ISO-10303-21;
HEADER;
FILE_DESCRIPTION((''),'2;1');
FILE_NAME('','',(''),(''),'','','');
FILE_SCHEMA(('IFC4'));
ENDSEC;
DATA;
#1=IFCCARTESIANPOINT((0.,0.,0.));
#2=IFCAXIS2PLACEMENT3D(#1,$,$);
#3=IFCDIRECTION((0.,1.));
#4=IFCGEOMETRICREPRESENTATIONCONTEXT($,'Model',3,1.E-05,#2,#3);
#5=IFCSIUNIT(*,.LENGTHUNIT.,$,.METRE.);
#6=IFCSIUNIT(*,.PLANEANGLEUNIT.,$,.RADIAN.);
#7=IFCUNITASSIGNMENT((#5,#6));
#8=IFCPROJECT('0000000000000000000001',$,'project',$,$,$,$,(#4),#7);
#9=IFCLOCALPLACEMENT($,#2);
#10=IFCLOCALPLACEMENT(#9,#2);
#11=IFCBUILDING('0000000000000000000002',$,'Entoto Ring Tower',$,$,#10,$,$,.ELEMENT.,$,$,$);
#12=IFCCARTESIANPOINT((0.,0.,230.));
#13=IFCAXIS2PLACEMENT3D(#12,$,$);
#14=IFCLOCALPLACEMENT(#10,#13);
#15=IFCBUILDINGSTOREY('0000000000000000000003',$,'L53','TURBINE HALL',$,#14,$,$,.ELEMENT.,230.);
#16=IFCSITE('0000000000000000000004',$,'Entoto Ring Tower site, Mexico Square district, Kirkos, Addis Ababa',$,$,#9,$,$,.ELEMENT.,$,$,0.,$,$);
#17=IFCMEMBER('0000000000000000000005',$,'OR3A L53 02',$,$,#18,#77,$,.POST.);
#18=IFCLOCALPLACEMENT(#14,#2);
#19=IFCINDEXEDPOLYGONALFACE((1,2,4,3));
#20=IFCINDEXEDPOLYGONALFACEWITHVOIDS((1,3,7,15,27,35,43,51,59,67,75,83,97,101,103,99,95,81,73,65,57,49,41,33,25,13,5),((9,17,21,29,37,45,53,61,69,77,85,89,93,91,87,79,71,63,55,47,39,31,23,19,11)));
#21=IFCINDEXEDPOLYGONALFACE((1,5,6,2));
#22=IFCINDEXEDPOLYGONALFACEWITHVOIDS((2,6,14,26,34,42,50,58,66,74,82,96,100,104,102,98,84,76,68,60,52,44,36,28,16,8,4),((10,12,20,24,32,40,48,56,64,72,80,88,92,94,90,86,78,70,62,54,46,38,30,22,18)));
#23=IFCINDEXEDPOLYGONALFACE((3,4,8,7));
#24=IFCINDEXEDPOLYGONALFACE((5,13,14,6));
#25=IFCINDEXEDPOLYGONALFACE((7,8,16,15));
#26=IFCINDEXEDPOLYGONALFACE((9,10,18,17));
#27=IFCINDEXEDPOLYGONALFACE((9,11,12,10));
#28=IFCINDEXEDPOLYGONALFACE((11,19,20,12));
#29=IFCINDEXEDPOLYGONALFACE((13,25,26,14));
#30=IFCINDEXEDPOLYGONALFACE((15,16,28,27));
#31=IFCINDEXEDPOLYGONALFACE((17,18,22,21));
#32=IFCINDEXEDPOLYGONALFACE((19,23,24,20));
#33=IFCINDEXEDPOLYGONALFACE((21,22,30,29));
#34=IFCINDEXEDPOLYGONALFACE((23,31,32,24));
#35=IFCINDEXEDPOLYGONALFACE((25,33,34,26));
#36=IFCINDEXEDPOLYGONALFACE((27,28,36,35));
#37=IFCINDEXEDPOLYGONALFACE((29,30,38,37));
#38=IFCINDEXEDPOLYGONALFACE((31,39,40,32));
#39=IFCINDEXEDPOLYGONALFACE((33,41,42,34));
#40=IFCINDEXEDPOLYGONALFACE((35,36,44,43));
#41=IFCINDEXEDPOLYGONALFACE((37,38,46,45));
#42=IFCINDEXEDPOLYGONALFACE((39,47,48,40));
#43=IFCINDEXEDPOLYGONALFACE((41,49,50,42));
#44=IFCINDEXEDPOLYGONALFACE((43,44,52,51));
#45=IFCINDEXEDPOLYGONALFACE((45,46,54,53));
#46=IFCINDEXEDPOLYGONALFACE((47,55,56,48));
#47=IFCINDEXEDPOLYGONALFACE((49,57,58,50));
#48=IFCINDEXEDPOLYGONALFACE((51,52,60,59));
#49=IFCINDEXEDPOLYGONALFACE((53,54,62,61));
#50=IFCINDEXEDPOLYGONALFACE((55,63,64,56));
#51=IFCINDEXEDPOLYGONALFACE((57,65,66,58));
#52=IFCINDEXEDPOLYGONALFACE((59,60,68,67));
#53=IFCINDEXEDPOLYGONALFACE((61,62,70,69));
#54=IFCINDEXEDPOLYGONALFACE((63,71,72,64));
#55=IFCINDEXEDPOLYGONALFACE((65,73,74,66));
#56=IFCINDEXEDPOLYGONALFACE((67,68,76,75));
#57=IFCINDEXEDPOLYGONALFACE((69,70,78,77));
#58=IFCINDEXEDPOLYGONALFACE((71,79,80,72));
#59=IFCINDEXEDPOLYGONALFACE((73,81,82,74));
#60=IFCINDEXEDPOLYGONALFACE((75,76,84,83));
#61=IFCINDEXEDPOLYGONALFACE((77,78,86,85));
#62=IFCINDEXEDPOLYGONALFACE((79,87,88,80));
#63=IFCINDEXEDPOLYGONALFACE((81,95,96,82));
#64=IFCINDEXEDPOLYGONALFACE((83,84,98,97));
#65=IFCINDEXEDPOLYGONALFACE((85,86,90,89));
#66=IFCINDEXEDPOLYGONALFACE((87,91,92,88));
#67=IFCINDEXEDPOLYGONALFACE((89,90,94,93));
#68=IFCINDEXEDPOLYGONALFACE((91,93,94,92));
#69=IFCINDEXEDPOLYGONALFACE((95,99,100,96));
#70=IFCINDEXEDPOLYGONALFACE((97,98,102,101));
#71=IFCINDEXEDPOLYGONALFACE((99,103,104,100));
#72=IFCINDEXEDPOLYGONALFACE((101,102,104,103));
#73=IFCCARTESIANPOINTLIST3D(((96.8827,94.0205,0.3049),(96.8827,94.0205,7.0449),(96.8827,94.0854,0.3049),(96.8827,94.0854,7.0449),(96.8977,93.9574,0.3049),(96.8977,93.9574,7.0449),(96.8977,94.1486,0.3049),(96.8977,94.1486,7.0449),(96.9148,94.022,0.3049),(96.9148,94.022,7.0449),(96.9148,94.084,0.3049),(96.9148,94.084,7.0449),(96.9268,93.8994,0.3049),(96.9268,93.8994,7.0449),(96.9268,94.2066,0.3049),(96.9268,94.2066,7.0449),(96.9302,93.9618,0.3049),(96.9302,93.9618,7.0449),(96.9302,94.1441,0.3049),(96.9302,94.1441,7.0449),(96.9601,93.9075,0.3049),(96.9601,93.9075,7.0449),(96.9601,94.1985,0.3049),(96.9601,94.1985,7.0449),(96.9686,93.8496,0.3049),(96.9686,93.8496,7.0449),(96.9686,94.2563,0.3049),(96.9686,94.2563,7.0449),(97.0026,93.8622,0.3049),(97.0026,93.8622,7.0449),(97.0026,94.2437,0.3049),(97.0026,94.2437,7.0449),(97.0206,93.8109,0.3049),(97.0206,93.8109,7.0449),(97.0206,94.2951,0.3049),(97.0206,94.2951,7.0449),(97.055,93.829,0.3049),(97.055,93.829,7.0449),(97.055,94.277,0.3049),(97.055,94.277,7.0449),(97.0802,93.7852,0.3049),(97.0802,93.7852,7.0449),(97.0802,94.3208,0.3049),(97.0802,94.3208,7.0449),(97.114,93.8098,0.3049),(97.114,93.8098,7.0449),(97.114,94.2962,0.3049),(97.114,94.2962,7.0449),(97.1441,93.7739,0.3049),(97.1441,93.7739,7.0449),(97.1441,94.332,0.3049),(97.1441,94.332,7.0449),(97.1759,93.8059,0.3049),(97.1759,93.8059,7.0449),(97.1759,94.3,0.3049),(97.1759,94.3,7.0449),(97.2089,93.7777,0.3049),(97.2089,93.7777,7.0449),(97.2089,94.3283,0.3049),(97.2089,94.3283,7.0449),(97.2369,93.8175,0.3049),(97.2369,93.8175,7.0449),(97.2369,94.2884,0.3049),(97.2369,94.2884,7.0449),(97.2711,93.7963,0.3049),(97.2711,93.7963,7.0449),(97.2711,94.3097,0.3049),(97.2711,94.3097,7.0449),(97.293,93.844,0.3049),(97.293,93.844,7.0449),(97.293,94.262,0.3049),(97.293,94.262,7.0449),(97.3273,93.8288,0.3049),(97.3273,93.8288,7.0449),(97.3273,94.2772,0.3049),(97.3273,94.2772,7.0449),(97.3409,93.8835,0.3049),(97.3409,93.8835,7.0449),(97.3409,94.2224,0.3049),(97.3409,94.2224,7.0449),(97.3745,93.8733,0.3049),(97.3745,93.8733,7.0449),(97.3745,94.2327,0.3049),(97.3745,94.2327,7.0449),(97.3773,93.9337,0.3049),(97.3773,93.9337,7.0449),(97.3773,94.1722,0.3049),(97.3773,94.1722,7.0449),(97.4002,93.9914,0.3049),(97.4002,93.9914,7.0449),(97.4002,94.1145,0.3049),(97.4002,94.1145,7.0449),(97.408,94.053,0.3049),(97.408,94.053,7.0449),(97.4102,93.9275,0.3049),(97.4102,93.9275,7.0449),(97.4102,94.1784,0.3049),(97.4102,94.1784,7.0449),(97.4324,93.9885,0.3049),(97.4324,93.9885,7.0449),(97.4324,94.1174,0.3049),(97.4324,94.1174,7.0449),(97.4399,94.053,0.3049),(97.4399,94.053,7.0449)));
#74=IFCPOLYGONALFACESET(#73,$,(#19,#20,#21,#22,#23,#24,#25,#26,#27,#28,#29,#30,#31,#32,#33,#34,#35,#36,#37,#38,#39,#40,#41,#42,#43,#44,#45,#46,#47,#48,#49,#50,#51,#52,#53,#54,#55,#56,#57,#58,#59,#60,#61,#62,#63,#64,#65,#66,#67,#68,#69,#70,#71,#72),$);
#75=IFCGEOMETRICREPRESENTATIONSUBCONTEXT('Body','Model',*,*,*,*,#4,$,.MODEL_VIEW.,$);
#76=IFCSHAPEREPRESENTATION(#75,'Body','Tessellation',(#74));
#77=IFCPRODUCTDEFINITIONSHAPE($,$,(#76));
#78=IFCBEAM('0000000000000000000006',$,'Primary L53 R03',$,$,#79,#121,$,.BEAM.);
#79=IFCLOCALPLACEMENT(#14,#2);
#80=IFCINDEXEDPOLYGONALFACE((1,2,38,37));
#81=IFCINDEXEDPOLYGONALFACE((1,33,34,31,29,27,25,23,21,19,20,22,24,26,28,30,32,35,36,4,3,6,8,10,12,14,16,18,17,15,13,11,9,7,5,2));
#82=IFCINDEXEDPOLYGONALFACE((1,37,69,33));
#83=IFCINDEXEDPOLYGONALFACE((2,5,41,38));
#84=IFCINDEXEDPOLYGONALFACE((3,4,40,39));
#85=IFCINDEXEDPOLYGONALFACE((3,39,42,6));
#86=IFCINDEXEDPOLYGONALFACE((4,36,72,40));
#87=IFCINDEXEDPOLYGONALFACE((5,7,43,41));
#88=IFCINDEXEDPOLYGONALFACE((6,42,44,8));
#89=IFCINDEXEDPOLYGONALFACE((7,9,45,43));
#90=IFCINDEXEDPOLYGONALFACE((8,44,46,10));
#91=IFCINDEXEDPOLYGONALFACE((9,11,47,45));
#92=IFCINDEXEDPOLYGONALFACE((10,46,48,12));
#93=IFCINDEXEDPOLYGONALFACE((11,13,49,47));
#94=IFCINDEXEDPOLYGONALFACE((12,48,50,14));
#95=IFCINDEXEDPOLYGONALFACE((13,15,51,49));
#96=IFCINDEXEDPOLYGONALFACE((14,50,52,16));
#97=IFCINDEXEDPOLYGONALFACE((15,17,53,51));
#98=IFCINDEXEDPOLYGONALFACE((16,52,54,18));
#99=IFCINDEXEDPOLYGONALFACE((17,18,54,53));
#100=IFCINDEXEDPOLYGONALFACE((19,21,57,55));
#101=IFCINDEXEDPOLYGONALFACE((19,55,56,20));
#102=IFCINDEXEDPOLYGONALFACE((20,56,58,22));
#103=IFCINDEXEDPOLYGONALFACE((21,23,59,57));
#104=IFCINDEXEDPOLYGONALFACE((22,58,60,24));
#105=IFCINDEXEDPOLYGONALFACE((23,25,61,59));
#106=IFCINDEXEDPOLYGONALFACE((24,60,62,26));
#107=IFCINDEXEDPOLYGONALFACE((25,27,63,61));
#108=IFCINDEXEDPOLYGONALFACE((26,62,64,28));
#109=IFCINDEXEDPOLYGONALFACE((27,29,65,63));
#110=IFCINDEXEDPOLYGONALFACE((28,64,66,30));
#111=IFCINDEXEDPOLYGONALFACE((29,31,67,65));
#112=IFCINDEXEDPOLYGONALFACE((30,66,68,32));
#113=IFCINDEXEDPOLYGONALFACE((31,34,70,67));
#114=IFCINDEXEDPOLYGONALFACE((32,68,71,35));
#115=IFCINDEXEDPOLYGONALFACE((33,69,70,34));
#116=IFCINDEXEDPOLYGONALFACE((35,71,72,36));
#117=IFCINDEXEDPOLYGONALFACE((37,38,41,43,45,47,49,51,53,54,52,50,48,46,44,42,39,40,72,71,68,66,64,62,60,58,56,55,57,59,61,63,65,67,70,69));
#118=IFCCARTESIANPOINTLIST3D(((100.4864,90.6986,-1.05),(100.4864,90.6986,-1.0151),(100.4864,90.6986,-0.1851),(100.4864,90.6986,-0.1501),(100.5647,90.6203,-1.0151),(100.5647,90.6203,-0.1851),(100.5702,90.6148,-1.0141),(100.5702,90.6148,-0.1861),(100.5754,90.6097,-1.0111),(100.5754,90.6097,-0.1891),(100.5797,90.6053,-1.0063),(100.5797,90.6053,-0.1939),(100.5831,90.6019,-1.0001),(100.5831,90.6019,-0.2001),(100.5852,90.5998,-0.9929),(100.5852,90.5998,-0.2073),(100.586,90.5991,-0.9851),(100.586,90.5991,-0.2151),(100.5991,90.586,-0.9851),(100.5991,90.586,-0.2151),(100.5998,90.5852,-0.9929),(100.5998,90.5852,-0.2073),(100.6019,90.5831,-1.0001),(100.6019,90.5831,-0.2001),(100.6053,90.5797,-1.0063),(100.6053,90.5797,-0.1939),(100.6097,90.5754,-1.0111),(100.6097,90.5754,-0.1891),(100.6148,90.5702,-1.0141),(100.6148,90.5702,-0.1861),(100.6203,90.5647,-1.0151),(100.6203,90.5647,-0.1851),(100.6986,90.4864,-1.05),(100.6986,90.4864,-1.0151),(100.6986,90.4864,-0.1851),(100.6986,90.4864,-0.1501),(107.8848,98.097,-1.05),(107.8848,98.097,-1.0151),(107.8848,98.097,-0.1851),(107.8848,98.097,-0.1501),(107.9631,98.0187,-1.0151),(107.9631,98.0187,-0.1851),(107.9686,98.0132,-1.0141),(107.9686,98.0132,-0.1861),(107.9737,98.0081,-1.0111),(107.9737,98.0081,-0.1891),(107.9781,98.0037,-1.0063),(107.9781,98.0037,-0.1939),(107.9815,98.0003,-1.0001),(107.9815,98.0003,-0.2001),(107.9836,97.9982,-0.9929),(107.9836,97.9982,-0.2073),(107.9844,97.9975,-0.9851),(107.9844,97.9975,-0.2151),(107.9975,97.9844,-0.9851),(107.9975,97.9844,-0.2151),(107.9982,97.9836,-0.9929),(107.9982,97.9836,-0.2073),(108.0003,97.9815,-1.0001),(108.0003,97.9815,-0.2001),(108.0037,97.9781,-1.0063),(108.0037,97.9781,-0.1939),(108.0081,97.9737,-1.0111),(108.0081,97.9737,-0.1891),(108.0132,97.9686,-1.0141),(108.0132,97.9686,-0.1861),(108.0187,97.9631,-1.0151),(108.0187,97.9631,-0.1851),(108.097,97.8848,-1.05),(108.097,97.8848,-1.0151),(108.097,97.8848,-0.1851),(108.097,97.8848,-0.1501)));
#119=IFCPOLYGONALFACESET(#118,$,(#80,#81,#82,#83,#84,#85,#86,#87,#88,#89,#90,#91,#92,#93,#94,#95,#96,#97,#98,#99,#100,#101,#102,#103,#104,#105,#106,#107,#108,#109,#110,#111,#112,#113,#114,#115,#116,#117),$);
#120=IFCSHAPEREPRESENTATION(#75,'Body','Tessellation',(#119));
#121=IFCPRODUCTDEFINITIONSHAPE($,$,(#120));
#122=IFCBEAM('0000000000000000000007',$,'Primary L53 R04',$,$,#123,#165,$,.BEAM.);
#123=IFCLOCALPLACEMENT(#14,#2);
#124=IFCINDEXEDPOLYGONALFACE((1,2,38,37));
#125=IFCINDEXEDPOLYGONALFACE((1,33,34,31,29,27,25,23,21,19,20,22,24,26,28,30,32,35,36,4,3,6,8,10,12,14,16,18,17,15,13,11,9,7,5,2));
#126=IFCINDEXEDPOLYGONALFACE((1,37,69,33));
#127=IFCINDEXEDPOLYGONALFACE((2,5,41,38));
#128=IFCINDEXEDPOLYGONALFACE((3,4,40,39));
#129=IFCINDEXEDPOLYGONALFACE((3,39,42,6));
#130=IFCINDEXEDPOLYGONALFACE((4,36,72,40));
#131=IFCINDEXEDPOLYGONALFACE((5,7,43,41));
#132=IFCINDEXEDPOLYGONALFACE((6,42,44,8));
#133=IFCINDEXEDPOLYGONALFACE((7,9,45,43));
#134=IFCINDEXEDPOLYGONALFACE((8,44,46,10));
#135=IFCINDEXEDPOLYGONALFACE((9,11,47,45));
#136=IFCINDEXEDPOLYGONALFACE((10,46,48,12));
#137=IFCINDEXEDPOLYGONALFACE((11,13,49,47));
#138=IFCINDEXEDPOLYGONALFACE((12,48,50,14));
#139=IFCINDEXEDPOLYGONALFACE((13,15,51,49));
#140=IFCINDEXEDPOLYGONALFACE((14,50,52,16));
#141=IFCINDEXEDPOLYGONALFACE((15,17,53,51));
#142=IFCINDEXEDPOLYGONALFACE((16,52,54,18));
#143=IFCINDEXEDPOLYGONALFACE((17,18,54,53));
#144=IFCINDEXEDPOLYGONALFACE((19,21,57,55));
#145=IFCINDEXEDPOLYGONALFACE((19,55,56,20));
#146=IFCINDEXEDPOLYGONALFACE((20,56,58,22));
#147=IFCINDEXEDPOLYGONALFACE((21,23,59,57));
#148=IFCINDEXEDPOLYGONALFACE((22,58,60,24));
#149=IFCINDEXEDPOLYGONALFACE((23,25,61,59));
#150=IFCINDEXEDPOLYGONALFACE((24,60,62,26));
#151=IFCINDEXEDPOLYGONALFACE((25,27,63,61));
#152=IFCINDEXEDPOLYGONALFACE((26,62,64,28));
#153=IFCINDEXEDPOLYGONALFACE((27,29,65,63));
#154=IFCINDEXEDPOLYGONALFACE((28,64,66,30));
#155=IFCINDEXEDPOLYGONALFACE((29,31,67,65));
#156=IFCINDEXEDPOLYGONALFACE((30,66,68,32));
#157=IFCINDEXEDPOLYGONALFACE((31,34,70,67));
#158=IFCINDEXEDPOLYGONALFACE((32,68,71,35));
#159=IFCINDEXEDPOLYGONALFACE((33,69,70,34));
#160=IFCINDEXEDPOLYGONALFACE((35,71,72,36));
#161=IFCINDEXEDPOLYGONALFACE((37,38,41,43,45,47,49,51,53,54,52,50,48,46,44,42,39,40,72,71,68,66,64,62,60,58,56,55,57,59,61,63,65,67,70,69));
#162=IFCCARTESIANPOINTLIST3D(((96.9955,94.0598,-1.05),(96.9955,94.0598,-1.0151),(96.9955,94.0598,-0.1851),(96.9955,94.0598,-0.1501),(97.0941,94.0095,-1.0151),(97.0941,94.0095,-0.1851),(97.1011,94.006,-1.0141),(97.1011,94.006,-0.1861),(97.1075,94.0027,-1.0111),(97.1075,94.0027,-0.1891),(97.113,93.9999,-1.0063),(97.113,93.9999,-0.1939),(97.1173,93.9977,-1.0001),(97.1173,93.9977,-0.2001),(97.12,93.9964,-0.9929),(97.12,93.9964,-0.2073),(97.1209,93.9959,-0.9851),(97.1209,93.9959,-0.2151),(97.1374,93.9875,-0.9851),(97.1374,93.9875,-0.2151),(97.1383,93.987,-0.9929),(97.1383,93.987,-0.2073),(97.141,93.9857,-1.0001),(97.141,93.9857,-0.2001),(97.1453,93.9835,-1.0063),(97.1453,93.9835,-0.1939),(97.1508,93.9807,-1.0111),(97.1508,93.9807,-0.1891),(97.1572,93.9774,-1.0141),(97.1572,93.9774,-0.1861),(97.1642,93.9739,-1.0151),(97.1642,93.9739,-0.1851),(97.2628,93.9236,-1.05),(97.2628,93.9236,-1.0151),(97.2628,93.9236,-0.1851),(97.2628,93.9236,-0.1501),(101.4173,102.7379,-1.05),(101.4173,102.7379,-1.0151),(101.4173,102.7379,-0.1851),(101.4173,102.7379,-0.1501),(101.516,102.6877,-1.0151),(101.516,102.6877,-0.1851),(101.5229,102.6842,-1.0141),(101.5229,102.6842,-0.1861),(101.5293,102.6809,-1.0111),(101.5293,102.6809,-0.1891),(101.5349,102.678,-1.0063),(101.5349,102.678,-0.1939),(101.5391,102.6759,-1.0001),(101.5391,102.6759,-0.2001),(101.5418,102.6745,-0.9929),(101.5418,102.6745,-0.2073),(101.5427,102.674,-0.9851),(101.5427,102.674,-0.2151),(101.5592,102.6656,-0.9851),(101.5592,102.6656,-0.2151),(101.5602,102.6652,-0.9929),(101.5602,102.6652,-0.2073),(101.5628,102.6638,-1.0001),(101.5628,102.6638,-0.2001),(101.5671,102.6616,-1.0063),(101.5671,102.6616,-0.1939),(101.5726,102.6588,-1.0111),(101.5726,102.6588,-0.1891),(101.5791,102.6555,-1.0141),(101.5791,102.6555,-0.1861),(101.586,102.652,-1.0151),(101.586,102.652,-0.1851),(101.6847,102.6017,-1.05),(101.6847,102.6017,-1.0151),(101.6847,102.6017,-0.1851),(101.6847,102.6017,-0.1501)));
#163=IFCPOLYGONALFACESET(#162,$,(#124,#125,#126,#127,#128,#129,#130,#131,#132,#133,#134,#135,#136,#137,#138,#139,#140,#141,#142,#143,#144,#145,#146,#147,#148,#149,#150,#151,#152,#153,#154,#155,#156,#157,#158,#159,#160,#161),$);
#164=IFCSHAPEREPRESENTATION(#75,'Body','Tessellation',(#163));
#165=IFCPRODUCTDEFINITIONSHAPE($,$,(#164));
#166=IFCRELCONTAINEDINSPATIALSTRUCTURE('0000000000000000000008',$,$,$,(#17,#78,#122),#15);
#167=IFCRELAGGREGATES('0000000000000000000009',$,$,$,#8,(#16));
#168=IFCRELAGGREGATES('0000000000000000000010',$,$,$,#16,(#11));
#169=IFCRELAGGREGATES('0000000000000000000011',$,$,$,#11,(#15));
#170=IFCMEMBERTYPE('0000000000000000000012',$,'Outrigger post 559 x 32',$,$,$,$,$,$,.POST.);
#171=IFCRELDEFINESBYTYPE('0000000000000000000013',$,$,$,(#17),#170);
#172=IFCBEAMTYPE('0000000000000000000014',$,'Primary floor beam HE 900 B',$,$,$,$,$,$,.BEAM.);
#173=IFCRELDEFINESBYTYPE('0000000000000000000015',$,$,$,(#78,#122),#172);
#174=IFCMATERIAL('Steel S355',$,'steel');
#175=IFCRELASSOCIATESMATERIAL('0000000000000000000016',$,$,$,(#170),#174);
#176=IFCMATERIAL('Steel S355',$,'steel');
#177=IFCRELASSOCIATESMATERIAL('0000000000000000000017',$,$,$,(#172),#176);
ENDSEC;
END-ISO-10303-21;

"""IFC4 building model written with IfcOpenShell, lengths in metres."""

from ifc_helpers import new_model, si_unit, direction, frame, origin, origin_2d, place, context, subcontext, project, spatial, circle, hollow_circle, i_section, extrude, material, material_profile, profile_set, type_object, element, save


model = new_model("IFC4")

# Units and contexts
model_context = context("Model", 3, precision=1e-05, world=origin(), true_north=direction((0.0, 1.0)))
body_context = subcontext(model_context, "Body", "Model", "MODEL_VIEW")
ifc_project = project(units=[si_unit("LENGTHUNIT", "METRE"), si_unit("PLANEANGLEUNIT", "RADIAN")], contexts=[model_context])

# Site, building, storey
site_placement = place(None, origin())
site = spatial("IfcSite", under=ifc_project, at=site_placement, Name="Entoto Ring Tower site, Mexico Square district, Kirkos, Addis Ababa", CompositionType="ELEMENT", RefElevation=0.0)
building_placement = place(site_placement, origin())
building = spatial("IfcBuilding", under=site, at=building_placement, Name="Entoto Ring Tower", CompositionType="ELEMENT")
storey_placement = place(building_placement, frame((0.0, 0.0, 230.0)))
storey = spatial("IfcBuildingStorey", under=building, at=storey_placement, Name="L53", Description="TURBINE HALL", CompositionType="ELEMENT", Elevation=230.0)

# Member
ifc_material_1 = material(Name="Steel S355", Category="steel")
ifc_material_profile_1 = material_profile(ifc_material_1, hollow_circle(Radius=0.2795, WallThickness=0.032, at=origin_2d()), Name="CHS 559 x 32")
ifc_material_2 = material(Name="Concrete C60/75", Category="concrete")
ifc_material_profile_2 = material_profile(ifc_material_2, circle(Radius=0.2476, at=origin_2d()), Name="Concrete C60/75 infill")
ifc_profile_set_1 = profile_set([ifc_material_profile_1, ifc_material_profile_2], Name="Steel S355")
member_type_1 = type_object("IfcMemberType", Name="Outrigger post 559 x 32", PredefinedType="POST", material=ifc_profile_set_1)
member_placement = place(storey_placement, frame((97.1604, 94.053, 0.3049), z_axis=(0.0, 0.0, 1.0), x_axis=(1.0, 0.0, 0.0)))
element("IfcMember", 1, at=member_placement, inside=storey, type_object=member_type_1, Name="OR3A L53 02", PredefinedType="POST", context=body_context, shape_type="SweptSolid", body=[
    extrude(hollow_circle(Radius=0.2795, WallThickness=0.032, at=origin_2d()), origin(), (0.0, 0.0, 1.0), 6.74),
])

# Beams
ifc_material_3 = material(Name="Steel S355", Category="steel")
ifc_material_profile_3 = material_profile(ifc_material_3, i_section(OverallWidth=0.3, OverallDepth=0.8999, WebThickness=0.0186, FlangeThickness=0.0349, FilletRadius=0.03, at=origin_2d()), Name="HE 900 B")
ifc_profile_set_2 = profile_set([ifc_material_profile_3], Name="Steel S355")
beam_type_1 = type_object("IfcBeamType", Name="Primary floor beam HE 900 B", PredefinedType="BEAM", material=ifc_profile_set_2)
beam_1_placement = place(storey_placement, frame((100.5925, 90.5925, -0.6001), z_axis=(0.707107, 0.707107, 0.0), x_axis=(-0.707107, 0.707107, 0.0)))
element("IfcBeam", 2, at=beam_1_placement, inside=storey, type_object=beam_type_1, Name="Primary L53 R03", PredefinedType="BEAM", context=body_context, shape_type="SweptSolid", body=[
    extrude(i_section(OverallWidth=0.3, OverallDepth=0.8999, WebThickness=0.0186, FlangeThickness=0.0349, FilletRadius=0.03, at=origin_2d()), origin(), (0.0, 0.0, 1.0), 10.4629),
])
beam_2_placement = place(storey_placement, frame((97.1292, 93.9917, -0.6001), z_axis=(0.453999, 0.891002, 0.0), x_axis=(-0.891002, 0.453999, 0.0)))
element("IfcBeam", 3, at=beam_2_placement, inside=storey, type_object=beam_type_1, Name="Primary L53 R04", PredefinedType="BEAM", context=body_context, shape_type="SweptSolid", body=[
    extrude(i_section(OverallWidth=0.3, OverallDepth=0.8999, WebThickness=0.0186, FlangeThickness=0.0349, FilletRadius=0.03, at=origin_2d()), origin(), (0.0, 0.0, 1.0), 9.7397),
])

save(model, "model.ifc")
